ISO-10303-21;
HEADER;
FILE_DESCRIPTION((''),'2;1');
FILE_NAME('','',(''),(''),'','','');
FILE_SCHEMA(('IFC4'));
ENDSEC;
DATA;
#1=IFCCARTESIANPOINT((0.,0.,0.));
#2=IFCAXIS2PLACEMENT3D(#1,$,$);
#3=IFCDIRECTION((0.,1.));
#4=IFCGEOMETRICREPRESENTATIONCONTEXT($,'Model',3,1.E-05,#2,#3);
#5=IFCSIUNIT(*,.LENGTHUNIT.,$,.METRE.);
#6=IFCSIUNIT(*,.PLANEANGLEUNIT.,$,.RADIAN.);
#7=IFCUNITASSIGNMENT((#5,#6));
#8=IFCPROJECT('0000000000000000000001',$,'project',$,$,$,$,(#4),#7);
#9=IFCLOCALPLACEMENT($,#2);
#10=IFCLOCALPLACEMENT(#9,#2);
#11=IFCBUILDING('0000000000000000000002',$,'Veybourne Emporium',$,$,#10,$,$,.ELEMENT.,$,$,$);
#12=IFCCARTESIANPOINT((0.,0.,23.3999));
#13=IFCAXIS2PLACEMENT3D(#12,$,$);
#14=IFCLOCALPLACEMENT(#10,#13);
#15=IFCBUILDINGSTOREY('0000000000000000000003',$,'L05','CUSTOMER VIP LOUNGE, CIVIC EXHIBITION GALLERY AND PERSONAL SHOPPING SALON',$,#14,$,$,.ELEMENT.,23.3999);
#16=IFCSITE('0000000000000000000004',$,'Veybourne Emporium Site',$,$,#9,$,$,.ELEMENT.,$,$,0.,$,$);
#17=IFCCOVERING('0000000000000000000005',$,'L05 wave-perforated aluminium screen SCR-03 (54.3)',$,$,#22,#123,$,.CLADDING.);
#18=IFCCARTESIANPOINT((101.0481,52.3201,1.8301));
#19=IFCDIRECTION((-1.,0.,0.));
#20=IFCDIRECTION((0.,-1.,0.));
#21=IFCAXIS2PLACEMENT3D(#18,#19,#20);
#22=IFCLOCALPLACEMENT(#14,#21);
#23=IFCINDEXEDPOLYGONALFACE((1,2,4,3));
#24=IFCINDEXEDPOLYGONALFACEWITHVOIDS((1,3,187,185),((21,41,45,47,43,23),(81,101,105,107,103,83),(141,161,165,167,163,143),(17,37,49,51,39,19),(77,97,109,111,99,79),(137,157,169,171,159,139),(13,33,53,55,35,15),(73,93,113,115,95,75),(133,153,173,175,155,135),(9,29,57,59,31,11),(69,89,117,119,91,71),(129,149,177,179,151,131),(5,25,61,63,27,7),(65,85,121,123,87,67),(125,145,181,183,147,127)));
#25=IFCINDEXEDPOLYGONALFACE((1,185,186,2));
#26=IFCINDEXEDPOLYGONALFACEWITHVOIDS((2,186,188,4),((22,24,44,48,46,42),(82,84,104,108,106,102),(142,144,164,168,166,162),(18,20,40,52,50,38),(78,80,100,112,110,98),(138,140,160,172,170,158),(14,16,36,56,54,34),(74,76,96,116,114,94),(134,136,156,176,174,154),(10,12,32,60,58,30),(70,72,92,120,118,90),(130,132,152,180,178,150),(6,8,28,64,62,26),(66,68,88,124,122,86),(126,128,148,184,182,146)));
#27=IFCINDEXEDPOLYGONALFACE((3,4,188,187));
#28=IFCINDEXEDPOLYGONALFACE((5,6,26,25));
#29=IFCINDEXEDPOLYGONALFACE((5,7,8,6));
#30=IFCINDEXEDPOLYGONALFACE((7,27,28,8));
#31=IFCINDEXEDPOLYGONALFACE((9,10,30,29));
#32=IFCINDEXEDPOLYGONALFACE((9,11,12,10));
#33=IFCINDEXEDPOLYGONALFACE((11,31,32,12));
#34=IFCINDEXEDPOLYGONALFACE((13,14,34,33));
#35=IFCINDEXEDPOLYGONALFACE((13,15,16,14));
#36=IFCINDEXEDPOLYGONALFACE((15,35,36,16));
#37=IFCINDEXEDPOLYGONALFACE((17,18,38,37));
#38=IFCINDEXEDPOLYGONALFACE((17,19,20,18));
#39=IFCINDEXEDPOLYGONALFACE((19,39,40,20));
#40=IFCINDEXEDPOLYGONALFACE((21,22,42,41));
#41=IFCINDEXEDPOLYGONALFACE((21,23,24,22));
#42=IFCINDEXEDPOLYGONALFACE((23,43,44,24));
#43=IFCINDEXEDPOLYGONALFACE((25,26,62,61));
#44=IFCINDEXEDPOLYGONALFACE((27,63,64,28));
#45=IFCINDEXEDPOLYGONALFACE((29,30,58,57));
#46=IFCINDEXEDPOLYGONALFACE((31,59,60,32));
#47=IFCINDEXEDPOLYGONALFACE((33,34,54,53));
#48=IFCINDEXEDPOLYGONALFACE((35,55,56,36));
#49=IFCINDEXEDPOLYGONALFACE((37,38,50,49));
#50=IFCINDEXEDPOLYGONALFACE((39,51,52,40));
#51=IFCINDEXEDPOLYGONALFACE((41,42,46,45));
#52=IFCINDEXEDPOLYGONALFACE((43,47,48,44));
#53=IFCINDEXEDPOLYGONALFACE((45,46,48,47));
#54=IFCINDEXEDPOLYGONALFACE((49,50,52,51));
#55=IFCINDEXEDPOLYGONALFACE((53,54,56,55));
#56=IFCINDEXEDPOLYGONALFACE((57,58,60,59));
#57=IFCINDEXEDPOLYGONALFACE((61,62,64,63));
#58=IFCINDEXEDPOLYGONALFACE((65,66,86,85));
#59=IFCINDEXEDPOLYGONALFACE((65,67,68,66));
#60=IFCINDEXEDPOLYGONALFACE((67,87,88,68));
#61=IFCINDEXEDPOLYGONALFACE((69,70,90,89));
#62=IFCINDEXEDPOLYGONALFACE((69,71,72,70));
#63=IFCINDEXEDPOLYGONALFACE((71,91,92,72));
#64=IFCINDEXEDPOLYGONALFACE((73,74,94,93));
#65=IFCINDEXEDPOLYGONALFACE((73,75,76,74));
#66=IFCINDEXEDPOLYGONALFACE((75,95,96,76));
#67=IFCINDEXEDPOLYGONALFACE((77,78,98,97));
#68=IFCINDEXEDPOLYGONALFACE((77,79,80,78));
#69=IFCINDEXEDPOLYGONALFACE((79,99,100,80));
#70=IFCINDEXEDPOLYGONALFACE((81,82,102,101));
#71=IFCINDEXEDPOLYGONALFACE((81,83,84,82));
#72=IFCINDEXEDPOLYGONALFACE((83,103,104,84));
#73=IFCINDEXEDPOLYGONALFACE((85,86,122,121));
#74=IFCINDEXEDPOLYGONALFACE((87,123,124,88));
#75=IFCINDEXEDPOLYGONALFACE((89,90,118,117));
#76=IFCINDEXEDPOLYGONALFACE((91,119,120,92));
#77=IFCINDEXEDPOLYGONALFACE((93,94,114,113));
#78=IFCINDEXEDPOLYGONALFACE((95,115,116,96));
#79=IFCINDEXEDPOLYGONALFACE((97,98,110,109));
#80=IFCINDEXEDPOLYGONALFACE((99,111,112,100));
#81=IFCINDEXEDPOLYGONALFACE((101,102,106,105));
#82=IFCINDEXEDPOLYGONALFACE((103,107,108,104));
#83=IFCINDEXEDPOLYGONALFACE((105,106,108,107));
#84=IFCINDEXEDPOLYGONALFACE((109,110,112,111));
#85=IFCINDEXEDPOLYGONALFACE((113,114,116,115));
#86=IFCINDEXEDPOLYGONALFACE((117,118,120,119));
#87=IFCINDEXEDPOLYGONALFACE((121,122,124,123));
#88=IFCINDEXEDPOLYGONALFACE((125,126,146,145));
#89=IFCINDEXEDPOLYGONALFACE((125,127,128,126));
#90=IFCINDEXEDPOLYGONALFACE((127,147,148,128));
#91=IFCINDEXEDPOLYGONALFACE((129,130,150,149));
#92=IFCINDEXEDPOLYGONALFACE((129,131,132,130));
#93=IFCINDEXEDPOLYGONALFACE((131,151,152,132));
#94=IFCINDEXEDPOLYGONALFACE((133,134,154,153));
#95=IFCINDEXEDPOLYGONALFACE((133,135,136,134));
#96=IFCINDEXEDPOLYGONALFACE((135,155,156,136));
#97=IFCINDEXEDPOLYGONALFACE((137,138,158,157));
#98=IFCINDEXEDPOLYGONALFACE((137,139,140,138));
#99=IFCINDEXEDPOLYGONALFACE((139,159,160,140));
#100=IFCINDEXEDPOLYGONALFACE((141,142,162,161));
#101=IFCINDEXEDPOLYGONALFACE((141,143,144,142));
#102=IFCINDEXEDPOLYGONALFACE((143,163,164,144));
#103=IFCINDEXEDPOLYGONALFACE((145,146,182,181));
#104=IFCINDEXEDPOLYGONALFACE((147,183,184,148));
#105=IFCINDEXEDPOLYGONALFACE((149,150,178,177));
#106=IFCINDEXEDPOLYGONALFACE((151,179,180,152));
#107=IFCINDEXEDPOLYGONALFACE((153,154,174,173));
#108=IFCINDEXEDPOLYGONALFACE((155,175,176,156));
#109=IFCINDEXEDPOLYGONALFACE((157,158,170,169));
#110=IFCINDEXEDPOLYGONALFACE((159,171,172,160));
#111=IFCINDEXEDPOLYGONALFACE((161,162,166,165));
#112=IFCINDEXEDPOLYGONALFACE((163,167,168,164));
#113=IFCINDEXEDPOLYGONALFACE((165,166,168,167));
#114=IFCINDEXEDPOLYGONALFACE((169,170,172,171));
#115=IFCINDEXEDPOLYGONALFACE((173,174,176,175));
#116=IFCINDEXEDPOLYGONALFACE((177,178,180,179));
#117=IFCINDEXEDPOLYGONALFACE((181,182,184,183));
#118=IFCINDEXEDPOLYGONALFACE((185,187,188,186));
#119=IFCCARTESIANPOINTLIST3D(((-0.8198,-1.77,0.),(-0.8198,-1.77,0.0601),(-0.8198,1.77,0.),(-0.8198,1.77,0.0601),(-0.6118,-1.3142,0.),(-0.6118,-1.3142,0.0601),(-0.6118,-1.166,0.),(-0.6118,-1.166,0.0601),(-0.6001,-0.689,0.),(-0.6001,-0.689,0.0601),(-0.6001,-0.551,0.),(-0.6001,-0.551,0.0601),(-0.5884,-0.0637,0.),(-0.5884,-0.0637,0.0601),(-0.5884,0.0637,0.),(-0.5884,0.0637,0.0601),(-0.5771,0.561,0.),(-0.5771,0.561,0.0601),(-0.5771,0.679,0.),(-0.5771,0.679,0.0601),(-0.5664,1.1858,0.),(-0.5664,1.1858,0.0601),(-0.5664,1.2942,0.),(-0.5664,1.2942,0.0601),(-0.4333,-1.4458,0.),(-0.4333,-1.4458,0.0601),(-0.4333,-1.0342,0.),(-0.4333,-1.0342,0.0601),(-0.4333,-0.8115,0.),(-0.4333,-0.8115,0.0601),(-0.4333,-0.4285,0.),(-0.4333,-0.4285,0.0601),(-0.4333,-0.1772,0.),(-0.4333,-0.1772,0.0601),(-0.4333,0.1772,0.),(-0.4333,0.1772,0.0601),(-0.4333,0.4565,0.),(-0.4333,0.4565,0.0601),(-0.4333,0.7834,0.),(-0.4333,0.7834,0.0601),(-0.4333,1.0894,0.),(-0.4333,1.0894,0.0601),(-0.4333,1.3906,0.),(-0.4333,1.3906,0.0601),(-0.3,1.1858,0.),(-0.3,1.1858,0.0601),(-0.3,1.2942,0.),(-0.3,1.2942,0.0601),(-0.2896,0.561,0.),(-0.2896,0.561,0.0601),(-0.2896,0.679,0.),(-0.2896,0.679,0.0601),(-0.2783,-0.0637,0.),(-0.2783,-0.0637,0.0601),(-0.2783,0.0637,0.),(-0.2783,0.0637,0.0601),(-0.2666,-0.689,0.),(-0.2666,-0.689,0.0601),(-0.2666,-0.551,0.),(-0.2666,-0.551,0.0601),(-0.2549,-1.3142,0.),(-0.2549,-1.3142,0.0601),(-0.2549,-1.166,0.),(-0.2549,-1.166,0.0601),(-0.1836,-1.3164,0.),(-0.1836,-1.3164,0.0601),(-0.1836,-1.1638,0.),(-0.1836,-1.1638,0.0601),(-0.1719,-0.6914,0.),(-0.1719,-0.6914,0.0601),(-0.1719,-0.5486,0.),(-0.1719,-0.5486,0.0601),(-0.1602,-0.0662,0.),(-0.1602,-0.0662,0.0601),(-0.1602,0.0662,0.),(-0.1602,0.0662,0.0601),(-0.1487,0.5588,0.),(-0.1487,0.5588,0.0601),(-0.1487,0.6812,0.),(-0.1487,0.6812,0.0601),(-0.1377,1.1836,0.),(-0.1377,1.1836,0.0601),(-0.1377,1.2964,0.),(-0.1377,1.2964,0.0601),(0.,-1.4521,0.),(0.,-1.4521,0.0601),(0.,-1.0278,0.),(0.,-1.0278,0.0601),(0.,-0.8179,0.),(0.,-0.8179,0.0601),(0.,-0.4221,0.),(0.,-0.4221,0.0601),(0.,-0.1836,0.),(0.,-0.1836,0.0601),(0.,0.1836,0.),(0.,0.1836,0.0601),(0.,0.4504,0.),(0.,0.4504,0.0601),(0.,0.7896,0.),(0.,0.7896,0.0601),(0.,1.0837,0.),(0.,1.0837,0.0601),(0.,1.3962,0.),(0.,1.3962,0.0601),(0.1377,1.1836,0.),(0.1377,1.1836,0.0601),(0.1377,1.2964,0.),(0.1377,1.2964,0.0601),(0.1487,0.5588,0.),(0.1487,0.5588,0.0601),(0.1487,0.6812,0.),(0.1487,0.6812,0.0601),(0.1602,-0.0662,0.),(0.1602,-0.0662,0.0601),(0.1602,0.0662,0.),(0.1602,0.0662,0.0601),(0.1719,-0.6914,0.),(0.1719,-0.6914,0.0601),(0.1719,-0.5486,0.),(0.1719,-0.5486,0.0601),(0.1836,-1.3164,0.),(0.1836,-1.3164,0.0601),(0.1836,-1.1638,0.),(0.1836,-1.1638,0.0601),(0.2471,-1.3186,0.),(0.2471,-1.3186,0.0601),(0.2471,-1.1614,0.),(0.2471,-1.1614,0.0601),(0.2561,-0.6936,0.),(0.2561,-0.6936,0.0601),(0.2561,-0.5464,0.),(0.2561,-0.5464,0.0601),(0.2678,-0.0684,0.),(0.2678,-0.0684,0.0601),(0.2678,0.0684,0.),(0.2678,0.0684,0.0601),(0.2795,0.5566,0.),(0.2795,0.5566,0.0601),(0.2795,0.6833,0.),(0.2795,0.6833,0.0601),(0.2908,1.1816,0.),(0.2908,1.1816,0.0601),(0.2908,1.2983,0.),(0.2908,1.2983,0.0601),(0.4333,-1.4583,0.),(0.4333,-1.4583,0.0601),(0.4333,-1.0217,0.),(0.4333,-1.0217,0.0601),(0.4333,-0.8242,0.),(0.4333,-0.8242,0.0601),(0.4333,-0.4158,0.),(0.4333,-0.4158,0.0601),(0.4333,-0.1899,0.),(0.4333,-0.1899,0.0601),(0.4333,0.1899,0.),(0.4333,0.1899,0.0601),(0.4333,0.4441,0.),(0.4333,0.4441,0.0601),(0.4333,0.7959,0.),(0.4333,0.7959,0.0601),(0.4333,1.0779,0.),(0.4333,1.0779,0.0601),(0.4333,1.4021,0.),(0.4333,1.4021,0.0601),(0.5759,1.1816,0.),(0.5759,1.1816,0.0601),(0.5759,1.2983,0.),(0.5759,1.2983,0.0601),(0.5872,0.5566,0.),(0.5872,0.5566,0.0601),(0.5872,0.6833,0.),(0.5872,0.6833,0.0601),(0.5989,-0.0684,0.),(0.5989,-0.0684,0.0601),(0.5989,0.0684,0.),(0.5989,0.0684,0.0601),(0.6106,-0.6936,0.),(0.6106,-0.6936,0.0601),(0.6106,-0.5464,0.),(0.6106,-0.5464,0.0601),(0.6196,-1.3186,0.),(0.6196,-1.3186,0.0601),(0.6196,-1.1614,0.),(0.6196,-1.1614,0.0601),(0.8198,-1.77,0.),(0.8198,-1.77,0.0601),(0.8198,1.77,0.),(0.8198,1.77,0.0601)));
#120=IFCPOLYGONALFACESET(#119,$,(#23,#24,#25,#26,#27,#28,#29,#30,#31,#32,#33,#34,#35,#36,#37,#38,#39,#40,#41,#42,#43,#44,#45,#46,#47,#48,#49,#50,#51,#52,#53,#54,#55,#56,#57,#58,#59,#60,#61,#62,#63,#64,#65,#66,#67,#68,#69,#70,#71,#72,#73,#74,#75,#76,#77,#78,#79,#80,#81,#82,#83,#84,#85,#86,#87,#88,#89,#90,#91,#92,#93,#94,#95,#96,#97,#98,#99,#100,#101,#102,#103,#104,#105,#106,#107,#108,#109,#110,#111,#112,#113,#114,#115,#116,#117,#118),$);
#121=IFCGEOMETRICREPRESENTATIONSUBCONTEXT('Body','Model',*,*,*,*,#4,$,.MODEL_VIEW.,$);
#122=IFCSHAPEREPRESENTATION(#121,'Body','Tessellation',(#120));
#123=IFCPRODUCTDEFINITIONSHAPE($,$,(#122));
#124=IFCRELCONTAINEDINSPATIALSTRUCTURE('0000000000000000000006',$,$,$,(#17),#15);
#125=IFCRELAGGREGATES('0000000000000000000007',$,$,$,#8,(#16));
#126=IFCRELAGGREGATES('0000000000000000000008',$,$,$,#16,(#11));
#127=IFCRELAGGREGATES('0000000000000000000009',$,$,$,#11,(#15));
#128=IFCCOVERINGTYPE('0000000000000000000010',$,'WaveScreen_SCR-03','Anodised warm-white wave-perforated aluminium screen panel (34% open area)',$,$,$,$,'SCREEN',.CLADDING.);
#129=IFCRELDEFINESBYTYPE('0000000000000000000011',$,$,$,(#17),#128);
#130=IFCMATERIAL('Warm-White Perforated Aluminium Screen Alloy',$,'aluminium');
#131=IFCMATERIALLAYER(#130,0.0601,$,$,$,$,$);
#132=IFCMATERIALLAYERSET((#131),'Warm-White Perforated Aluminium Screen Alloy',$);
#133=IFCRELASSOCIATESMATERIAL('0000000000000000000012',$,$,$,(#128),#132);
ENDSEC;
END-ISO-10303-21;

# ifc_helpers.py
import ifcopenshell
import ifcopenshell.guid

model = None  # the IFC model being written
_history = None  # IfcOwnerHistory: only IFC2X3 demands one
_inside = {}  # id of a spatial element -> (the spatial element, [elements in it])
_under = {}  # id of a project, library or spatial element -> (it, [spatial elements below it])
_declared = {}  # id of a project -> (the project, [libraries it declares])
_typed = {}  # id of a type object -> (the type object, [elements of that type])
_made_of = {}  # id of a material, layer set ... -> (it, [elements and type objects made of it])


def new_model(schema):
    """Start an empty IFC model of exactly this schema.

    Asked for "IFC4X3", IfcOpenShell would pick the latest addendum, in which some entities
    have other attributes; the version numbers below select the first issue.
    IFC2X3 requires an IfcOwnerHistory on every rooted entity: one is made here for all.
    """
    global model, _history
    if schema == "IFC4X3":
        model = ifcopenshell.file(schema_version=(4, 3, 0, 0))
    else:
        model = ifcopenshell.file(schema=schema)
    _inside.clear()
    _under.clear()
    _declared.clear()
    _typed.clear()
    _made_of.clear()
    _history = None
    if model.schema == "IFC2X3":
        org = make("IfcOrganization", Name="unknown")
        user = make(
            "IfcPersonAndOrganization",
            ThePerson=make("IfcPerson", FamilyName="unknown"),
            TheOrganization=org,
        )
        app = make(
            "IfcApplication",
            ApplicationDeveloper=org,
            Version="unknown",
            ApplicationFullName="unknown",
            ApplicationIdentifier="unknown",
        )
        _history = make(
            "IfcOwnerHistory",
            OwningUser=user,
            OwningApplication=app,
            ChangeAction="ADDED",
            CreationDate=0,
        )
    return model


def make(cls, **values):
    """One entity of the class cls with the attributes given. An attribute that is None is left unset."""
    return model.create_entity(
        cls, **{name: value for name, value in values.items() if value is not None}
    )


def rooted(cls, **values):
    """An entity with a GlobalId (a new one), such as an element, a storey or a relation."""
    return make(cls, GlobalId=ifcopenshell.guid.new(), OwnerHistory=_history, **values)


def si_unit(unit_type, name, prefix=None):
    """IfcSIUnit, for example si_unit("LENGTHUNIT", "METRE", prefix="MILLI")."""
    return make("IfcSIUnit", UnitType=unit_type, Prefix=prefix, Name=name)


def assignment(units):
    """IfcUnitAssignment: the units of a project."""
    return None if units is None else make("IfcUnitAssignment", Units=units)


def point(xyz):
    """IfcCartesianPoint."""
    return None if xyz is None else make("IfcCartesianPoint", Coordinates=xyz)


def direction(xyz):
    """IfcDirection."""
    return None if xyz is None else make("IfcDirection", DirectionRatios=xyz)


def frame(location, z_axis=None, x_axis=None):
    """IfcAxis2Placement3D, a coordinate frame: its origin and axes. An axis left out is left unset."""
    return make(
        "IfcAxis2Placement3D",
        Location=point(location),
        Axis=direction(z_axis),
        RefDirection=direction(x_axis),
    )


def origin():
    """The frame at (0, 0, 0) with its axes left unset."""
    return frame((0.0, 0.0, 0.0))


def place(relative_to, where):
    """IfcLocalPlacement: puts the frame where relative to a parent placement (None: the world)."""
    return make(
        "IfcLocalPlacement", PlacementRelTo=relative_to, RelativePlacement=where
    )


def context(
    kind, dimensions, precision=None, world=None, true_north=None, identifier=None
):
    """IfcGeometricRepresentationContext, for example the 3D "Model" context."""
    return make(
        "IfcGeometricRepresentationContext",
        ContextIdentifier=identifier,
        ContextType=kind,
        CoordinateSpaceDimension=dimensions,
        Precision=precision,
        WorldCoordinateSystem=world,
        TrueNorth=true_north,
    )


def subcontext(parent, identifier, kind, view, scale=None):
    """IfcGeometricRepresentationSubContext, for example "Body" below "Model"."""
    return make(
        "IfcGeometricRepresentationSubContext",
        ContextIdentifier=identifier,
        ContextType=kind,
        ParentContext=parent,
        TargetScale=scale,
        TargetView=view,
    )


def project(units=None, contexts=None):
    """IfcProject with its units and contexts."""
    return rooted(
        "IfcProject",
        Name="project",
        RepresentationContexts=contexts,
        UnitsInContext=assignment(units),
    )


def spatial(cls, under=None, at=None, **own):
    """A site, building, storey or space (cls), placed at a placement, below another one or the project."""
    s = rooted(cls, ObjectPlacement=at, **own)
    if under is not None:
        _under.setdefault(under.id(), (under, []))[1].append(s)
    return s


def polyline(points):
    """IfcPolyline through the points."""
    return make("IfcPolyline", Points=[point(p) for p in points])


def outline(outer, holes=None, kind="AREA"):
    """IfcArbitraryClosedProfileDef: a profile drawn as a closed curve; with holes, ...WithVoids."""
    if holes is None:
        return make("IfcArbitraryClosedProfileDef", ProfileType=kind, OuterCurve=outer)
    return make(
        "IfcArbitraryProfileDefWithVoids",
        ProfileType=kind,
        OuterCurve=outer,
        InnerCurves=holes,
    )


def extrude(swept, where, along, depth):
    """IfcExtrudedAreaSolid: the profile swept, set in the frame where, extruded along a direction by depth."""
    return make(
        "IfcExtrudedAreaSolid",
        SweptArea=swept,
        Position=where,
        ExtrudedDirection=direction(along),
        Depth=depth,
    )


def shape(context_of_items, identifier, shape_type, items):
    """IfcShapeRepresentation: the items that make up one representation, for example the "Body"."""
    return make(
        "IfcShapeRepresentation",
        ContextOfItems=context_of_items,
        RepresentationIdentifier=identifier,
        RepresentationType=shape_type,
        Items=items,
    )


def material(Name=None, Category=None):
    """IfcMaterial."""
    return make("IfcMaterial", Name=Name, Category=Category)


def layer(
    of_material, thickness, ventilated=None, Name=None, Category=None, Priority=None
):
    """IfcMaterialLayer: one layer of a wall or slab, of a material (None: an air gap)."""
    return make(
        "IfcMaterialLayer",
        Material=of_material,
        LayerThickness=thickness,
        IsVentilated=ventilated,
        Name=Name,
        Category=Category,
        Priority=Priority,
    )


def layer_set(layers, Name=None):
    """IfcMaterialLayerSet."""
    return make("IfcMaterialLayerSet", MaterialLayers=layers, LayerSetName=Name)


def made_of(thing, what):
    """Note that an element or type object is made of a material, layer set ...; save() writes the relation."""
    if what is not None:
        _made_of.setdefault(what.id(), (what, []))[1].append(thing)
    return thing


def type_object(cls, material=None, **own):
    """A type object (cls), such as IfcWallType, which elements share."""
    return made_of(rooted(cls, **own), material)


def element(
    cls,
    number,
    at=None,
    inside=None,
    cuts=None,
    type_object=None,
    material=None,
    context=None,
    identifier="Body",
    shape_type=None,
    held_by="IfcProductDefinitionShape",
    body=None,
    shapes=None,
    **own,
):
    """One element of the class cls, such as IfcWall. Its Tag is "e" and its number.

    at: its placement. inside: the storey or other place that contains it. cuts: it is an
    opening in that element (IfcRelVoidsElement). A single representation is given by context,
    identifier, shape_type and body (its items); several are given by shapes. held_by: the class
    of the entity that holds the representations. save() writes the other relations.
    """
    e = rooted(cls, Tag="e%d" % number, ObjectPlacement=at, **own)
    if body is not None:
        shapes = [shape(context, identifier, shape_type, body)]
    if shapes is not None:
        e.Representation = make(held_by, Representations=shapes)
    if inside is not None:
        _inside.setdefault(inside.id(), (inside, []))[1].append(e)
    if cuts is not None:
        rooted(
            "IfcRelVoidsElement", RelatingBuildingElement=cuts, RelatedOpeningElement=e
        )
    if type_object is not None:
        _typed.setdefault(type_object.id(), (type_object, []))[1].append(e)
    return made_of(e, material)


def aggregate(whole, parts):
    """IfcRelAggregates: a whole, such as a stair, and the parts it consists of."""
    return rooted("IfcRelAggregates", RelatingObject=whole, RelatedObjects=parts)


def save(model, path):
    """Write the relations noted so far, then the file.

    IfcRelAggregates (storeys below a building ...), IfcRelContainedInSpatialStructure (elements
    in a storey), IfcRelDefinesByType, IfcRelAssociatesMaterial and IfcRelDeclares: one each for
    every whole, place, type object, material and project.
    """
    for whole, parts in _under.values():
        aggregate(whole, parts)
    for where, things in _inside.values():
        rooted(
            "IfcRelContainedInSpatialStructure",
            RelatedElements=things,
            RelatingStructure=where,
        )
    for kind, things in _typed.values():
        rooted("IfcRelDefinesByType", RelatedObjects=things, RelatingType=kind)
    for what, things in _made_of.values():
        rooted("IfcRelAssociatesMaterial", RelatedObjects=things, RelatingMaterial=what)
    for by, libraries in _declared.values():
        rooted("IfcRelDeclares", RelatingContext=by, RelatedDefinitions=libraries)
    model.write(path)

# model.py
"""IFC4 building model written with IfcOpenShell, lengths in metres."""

from ifc_helpers import new_model, si_unit, direction, frame, origin, place, context, subcontext, project, spatial, polyline, outline, extrude, material, layer, layer_set, type_object, element, save


model = new_model("IFC4")

# Units and contexts
model_context = context("Model", 3, precision=1e-05, world=origin(), true_north=direction((0.0, 1.0)))
body_context = subcontext(model_context, "Body", "Model", "MODEL_VIEW")
ifc_project = project(units=[si_unit("LENGTHUNIT", "METRE"), si_unit("PLANEANGLEUNIT", "RADIAN")], contexts=[model_context])

# Site, building, storey
site_placement = place(None, origin())
site = spatial("IfcSite", under=ifc_project, at=site_placement, Name="Veybourne Emporium Site", CompositionType="ELEMENT", RefElevation=0.0)
building_placement = place(site_placement, origin())
building = spatial("IfcBuilding", under=site, at=building_placement, Name="Veybourne Emporium", CompositionType="ELEMENT")
storey_placement = place(building_placement, frame((0.0, 0.0, 23.3999)))
storey = spatial("IfcBuildingStorey", under=building, at=storey_placement, Name="L05", Description="CUSTOMER VIP LOUNGE, CIVIC EXHIBITION GALLERY AND PERSONAL SHOPPING SALON", CompositionType="ELEMENT", Elevation=23.3999)

# Covering
ifc_material_1 = material(Name="Warm-White Perforated Aluminium Screen Alloy", Category="aluminium")
ifc_layer_1 = layer(ifc_material_1, 0.0601)
ifc_layer_set_1 = layer_set([ifc_layer_1], Name="Warm-White Perforated Aluminium Screen Alloy")
covering_type_1 = type_object("IfcCoveringType", Name="WaveScreen_SCR-03", Description="Anodised warm-white wave-perforated aluminium screen panel (34% open area)", ElementType="SCREEN", PredefinedType="CLADDING", material=ifc_layer_set_1)
covering_1_placement = place(storey_placement, frame((101.0481, 52.3201, 1.8301), z_axis=(-1.0, 0.0, 0.0), x_axis=(0.0, -1.0, 0.0)))
element("IfcCovering", 1, at=covering_1_placement, inside=storey, type_object=covering_type_1, Name="L05 wave-perforated aluminium screen SCR-03 (54.3)", PredefinedType="CLADDING", context=body_context, shape_type="SweptSolid", body=[
    extrude(outline(polyline([(-0.8198, -1.77), (0.8198, -1.77), (0.8198, 1.77), (-0.8198, 1.77), (-0.8198, -1.77)]), holes=[polyline([(-0.4333, -1.0342), (-0.2549, -1.166), (-0.2549, -1.3142), (-0.4333, -1.4458), (-0.6118, -1.3142), (-0.6118, -1.166), (-0.4333, -1.0342)]), polyline([(-0.4333, -0.4285), (-0.2666, -0.551), (-0.2666, -0.689), (-0.4333, -0.8115), (-0.6001, -0.689), (-0.6001, -0.551), (-0.4333, -0.4285)]), polyline([(-0.4333, 0.1772), (-0.2783, 0.0637), (-0.2783, -0.0637), (-0.4333, -0.1772), (-0.5884, -0.0637), (-0.5884, 0.0637), (-0.4333, 0.1772)]), polyline([(-0.4333, 0.7834), (-0.2896, 0.679), (-0.2896, 0.561), (-0.4333, 0.4565), (-0.5771, 0.561), (-0.5771, 0.679), (-0.4333, 0.7834)]), polyline([(-0.4333, 1.3906), (-0.3, 1.2942), (-0.3, 1.1858), (-0.4333, 1.0894), (-0.5664, 1.1858), (-0.5664, 1.2942), (-0.4333, 1.3906)]), polyline([(0.0, -1.0278), (0.1836, -1.1638), (0.1836, -1.3164), (0.0, -1.4521), (-0.1836, -1.3164), (-0.1836, -1.1638), (0.0, -1.0278)]), polyline([(0.0, -0.4221), (0.1719, -0.5486), (0.1719, -0.6914), (0.0, -0.8179), (-0.1719, -0.6914), (-0.1719, -0.5486), (0.0, -0.4221)]), polyline([(0.0, 0.1836), (0.1602, 0.0662), (0.1602, -0.0662), (0.0, -0.1836), (-0.1602, -0.0662), (-0.1602, 0.0662), (0.0, 0.1836)]), polyline([(0.0, 0.7896), (0.1487, 0.6812), (0.1487, 0.5588), (0.0, 0.4504), (-0.1487, 0.5588), (-0.1487, 0.6812), (0.0, 0.7896)]), polyline([(0.0, 1.3962), (0.1377, 1.2964), (0.1377, 1.1836), (0.0, 1.0837), (-0.1377, 1.1836), (-0.1377, 1.2964), (0.0, 1.3962)]), polyline([(0.4333, -1.0217), (0.6196, -1.1614), (0.6196, -1.3186), (0.4333, -1.4583), (0.2471, -1.3186), (0.2471, -1.1614), (0.4333, -1.0217)]), polyline([(0.4333, -0.4158), (0.6106, -0.5464), (0.6106, -0.6936), (0.4333, -0.8242), (0.2561, -0.6936), (0.2561, -0.5464), (0.4333, -0.4158)]), polyline([(0.4333, 0.1899), (0.5989, 0.0684), (0.5989, -0.0684), (0.4333, -0.1899), (0.2678, -0.0684), (0.2678, 0.0684), (0.4333, 0.1899)]), polyline([(0.4333, 0.7959), (0.5872, 0.6833), (0.5872, 0.5566), (0.4333, 0.4441), (0.2795, 0.5566), (0.2795, 0.6833), (0.4333, 0.7959)]), polyline([(0.4333, 1.4021), (0.5759, 1.2983), (0.5759, 1.1816), (0.4333, 1.0779), (0.2908, 1.1816), (0.2908, 1.2983), (0.4333, 1.4021)])]), origin(), (0.0, 0.0, 1.0), 0.0601),
])

save(model, "model.ifc")
